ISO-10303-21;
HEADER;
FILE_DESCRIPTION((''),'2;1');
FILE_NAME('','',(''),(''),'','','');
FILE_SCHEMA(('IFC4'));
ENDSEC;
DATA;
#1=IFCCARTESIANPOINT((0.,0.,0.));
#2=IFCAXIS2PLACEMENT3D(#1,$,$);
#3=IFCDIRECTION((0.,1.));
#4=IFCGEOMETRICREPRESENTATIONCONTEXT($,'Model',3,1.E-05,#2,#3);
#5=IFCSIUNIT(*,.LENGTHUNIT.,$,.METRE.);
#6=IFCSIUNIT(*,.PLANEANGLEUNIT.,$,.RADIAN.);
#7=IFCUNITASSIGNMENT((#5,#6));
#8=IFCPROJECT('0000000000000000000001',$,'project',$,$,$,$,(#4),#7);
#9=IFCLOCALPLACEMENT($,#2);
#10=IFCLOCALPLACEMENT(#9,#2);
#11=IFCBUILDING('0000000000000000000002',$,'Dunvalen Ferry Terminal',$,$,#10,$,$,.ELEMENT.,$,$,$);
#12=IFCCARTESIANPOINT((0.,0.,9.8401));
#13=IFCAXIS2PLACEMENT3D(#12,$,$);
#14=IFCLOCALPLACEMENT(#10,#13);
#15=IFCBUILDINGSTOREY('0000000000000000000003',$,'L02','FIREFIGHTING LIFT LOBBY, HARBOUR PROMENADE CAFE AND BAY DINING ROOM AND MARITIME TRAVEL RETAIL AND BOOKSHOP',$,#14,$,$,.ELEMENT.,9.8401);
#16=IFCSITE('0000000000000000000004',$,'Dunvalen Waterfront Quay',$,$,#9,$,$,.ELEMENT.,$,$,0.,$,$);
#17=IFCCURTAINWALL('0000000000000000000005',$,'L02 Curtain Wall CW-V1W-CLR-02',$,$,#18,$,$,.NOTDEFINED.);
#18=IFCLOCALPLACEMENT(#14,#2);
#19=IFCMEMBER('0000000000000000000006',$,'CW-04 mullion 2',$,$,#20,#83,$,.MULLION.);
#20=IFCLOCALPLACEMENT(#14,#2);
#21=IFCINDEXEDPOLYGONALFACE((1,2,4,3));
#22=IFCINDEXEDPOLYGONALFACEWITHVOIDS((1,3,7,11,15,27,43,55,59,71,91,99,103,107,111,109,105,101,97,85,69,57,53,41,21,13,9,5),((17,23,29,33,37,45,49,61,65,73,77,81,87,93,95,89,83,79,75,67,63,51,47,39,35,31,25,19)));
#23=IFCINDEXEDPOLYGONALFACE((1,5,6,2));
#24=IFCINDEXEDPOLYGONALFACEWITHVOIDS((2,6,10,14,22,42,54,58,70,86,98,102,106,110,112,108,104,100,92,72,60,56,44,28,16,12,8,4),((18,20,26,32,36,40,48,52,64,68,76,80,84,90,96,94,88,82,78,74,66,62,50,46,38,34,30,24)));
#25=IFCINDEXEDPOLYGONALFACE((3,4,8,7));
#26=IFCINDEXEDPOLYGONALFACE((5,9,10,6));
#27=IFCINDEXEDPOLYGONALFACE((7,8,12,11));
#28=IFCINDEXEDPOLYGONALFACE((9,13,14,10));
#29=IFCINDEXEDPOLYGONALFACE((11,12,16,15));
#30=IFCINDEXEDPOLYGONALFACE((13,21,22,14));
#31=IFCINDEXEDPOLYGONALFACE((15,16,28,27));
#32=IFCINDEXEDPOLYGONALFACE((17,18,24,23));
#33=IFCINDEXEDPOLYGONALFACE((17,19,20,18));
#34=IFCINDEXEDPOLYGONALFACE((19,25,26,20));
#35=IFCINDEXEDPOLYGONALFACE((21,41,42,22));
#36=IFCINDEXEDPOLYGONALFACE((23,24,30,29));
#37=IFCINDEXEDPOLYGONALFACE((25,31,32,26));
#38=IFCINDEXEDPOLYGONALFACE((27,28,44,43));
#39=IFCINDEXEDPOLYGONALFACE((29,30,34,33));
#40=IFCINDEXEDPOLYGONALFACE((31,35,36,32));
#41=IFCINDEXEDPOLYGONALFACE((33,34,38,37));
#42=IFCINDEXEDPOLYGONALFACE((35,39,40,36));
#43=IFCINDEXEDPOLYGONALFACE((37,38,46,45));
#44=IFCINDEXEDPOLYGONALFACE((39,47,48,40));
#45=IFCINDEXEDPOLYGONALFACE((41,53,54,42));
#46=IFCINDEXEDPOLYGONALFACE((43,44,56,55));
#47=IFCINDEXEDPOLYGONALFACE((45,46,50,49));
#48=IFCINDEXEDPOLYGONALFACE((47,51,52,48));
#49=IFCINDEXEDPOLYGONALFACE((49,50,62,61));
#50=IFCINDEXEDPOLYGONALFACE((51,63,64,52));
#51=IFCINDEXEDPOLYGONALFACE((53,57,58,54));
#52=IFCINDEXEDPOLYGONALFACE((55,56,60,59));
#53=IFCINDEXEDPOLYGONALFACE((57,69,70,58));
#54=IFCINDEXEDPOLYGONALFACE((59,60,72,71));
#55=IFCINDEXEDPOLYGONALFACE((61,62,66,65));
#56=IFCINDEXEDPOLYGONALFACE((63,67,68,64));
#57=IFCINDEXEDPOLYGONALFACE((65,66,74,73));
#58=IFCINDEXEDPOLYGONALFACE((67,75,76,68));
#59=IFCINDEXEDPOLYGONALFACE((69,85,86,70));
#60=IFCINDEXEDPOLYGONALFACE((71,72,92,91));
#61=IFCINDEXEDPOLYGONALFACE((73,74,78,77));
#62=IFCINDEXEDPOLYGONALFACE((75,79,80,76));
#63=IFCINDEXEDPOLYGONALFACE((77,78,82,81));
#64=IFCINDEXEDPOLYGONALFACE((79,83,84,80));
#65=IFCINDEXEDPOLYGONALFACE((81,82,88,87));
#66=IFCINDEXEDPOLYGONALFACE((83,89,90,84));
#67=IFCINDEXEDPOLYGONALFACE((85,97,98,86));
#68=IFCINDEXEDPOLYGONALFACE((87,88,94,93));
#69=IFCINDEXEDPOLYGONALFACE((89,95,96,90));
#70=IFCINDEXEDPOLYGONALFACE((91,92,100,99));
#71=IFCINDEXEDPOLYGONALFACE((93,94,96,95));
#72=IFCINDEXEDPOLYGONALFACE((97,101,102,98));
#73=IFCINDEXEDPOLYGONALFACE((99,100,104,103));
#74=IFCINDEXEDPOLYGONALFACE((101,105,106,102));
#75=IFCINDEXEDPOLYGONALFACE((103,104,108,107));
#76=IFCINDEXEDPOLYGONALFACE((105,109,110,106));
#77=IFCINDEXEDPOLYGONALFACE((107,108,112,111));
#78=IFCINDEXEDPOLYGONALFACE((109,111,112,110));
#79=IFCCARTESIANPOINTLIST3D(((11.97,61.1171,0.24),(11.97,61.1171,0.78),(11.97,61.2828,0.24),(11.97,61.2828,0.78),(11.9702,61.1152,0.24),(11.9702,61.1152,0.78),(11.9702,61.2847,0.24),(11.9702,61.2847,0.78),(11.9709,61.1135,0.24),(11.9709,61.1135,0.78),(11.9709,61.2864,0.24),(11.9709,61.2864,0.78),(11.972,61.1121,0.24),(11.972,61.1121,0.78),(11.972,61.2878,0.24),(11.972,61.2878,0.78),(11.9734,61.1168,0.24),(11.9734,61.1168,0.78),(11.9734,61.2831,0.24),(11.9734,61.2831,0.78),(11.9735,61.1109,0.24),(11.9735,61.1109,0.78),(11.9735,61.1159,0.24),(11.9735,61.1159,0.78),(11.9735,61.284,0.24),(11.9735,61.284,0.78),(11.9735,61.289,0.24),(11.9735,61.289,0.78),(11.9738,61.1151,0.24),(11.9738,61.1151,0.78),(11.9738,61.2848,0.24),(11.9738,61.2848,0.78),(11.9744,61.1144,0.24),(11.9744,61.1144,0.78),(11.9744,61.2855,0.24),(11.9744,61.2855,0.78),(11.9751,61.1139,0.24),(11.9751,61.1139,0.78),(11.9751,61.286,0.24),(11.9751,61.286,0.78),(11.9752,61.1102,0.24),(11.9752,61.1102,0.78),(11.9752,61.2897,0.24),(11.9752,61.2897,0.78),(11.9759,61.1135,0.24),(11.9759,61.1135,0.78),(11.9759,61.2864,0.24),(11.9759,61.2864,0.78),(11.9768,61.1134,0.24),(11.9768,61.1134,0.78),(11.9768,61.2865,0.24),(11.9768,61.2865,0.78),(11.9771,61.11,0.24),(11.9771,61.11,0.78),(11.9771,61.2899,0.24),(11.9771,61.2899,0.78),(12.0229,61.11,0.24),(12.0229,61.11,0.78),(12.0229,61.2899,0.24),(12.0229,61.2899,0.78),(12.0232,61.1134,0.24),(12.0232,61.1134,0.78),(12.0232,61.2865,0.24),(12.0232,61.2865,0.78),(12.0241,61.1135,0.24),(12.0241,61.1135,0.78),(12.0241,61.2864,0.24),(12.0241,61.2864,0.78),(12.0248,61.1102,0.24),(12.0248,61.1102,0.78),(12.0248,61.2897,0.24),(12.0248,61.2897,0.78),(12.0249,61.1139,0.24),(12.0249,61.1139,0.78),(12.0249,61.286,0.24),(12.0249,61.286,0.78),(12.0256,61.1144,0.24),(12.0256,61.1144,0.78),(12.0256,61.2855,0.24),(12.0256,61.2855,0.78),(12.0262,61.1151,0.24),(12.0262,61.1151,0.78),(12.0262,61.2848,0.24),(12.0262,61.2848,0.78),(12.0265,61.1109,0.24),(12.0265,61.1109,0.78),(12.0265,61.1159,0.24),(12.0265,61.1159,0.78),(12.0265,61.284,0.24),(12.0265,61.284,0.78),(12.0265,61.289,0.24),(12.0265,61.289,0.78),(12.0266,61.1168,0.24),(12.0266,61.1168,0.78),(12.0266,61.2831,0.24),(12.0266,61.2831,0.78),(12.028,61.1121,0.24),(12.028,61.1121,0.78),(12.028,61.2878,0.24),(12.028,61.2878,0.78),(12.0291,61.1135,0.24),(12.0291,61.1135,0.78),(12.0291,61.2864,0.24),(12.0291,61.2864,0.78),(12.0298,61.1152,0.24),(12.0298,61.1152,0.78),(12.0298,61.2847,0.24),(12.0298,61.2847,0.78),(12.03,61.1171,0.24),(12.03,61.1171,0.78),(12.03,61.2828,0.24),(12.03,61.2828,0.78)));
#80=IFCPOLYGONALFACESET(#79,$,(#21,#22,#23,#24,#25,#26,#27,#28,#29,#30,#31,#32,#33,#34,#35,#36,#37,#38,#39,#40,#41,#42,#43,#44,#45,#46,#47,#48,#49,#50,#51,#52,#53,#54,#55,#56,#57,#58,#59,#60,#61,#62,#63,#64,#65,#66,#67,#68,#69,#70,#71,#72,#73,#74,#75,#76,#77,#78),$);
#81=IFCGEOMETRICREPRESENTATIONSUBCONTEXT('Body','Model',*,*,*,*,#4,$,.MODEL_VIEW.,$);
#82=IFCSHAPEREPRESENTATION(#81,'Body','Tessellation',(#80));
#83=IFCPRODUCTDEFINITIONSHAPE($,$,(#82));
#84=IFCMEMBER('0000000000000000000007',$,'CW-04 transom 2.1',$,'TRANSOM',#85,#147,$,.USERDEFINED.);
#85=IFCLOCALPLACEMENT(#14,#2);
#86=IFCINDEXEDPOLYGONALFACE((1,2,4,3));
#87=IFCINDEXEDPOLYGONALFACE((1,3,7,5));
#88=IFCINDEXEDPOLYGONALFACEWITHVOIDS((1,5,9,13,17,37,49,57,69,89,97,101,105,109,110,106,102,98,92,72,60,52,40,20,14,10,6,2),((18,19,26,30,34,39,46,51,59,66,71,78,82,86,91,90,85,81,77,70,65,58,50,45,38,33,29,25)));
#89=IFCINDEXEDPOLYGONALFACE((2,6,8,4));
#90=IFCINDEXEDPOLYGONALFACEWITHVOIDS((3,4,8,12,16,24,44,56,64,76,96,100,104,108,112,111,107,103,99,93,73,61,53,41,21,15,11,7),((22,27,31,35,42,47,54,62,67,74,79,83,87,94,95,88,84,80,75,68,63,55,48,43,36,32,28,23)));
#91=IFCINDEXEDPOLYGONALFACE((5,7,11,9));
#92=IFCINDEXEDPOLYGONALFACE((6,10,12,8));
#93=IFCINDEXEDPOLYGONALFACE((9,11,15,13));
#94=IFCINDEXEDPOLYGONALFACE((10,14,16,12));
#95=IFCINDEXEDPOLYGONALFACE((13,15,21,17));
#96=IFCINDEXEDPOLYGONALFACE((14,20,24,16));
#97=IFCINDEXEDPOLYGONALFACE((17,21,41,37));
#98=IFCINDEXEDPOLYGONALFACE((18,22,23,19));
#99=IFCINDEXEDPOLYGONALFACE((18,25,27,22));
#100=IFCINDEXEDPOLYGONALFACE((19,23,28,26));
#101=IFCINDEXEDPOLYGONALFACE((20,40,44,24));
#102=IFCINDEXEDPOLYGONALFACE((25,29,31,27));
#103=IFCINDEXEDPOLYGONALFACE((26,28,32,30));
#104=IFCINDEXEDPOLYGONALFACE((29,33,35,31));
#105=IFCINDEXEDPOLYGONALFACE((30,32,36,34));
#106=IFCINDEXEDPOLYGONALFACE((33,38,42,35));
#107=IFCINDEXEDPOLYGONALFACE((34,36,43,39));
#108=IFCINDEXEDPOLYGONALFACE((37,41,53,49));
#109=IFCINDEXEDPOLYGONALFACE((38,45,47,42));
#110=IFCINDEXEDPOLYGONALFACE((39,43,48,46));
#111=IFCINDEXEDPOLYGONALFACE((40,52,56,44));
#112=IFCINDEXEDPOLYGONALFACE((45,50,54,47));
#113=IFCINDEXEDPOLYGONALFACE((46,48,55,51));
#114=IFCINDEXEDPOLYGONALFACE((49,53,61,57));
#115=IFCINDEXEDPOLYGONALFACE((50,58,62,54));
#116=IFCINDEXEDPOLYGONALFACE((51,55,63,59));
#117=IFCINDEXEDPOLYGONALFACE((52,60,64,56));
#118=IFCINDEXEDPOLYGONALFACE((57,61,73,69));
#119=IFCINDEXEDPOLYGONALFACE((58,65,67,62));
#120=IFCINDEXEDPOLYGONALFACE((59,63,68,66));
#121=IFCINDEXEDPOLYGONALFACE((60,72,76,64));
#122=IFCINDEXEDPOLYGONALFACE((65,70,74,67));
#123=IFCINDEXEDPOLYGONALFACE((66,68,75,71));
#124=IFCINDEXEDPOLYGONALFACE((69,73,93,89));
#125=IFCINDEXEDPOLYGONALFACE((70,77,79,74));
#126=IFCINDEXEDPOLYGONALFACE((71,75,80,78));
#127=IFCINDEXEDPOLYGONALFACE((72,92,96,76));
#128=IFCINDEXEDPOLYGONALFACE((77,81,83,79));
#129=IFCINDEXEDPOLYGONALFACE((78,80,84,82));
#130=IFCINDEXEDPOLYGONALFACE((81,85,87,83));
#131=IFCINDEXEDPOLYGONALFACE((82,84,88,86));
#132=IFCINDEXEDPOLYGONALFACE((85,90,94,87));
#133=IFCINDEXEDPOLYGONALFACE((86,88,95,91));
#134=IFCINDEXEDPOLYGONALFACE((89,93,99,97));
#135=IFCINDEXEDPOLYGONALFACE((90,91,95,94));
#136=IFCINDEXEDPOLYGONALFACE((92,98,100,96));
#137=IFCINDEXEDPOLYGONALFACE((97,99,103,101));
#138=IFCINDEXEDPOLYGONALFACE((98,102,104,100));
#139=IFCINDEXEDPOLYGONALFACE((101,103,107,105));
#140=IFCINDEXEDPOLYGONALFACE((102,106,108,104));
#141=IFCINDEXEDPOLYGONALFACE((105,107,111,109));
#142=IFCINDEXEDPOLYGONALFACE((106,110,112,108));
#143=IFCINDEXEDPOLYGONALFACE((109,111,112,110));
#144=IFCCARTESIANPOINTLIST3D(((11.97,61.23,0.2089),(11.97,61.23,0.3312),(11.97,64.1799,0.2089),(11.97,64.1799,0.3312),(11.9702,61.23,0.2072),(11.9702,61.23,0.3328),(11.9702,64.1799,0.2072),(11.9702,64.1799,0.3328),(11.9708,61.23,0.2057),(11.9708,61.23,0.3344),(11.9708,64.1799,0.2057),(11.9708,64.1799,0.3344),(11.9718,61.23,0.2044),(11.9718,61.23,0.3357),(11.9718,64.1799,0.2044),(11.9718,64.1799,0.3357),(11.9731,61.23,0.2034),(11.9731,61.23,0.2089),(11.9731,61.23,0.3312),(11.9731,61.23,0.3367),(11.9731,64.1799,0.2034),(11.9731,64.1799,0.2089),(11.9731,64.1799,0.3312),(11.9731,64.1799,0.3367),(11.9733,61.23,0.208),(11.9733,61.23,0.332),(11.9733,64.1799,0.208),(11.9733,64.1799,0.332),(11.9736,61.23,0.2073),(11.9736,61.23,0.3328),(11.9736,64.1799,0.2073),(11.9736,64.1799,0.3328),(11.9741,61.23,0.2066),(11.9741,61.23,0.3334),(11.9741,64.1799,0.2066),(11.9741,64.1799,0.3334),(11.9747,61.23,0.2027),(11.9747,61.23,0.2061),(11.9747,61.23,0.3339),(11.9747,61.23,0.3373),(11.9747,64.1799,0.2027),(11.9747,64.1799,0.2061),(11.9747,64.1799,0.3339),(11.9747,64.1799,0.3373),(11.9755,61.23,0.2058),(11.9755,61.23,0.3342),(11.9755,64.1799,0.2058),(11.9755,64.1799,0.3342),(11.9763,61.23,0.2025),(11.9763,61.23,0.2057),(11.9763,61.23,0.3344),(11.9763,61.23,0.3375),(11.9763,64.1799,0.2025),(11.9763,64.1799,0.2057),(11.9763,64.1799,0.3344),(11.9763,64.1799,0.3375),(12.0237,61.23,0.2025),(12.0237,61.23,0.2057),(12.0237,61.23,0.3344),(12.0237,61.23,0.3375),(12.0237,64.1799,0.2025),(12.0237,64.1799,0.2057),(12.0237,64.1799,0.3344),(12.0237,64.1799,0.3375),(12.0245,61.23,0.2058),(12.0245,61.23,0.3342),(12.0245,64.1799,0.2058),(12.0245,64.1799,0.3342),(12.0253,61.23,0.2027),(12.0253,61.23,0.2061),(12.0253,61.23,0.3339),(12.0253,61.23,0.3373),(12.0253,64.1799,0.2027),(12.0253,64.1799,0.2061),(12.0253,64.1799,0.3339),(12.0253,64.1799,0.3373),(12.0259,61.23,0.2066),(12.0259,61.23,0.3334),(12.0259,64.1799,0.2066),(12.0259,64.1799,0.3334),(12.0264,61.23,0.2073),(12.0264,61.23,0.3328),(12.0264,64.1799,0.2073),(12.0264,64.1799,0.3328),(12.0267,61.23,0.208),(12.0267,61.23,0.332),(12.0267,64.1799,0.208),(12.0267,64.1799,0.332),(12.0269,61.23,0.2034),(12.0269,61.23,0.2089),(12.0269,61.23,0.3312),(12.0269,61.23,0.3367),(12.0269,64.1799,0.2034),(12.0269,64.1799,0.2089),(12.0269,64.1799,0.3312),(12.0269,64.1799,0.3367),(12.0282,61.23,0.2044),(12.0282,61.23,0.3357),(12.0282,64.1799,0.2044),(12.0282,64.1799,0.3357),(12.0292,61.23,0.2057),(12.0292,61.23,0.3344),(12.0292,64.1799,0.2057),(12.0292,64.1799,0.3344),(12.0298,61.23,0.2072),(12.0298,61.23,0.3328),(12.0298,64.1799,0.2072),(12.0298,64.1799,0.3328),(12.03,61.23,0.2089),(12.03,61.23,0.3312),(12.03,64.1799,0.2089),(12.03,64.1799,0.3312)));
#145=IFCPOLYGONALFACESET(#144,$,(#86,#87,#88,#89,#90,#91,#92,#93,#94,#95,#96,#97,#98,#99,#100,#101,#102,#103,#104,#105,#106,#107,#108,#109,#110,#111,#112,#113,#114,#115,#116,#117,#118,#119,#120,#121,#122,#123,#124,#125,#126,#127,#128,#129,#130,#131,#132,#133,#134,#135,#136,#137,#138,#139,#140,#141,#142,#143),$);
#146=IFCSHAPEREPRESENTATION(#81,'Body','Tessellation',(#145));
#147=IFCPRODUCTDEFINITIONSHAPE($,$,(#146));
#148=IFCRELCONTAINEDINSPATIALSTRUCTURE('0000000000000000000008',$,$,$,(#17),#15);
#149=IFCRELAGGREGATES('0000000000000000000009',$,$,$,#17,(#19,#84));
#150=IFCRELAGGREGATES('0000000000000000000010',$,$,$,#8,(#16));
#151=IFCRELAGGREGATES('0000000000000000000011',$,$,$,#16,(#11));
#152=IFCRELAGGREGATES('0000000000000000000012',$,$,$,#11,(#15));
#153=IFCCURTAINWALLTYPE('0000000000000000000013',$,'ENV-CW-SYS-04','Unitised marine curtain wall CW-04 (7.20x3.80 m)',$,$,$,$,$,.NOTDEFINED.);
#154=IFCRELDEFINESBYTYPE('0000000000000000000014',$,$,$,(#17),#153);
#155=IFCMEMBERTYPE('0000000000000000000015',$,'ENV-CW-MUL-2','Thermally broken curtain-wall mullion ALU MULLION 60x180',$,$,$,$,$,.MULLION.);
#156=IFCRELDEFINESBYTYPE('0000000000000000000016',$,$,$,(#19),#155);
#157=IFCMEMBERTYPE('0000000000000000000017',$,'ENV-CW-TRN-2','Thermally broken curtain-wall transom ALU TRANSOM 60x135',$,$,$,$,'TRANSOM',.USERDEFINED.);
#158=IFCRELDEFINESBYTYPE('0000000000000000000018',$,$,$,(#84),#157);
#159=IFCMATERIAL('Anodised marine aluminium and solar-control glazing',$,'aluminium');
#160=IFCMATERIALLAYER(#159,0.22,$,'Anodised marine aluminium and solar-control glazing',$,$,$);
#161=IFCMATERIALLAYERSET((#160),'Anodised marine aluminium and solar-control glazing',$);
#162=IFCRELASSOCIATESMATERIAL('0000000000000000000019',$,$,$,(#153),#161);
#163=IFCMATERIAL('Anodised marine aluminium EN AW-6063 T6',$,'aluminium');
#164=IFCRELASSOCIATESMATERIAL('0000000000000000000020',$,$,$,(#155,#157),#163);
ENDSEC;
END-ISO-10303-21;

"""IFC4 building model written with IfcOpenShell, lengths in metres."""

from ifc_helpers import new_model, si_unit, direction, frame, origin, origin_2d, place, context, subcontext, project, spatial, hollow_rectangle, extrude, material, layer, layer_set, material_profile, profile_set, type_object, element, aggregate, save


model = new_model("IFC4")

# Units and contexts
model_context = context("Model", 3, precision=1e-05, world=origin(), true_north=direction((0.0, 1.0)))
body_context = subcontext(model_context, "Body", "Model", "MODEL_VIEW")
ifc_project = project(units=[si_unit("LENGTHUNIT", "METRE"), si_unit("PLANEANGLEUNIT", "RADIAN")], contexts=[model_context])

# Site, building, storey
site_placement = place(None, origin())
site = spatial("IfcSite", under=ifc_project, at=site_placement, Name="Dunvalen Waterfront Quay", CompositionType="ELEMENT", RefElevation=0.0)
building_placement = place(site_placement, origin())
building = spatial("IfcBuilding", under=site, at=building_placement, Name="Dunvalen Ferry Terminal", CompositionType="ELEMENT")
storey_placement = place(building_placement, frame((0.0, 0.0, 9.8401)))
storey = spatial("IfcBuildingStorey", under=building, at=storey_placement, Name="L02", Description="FIREFIGHTING LIFT LOBBY, HARBOUR PROMENADE CAFE AND BAY DINING ROOM AND MARITIME TRAVEL RETAIL AND BOOKSHOP", CompositionType="ELEMENT", Elevation=9.8401)

# Curtain wall, members
ifc_material_1 = material(Name="Anodised marine aluminium and solar-control glazing", Category="aluminium")
ifc_layer_1 = layer(ifc_material_1, 0.22, Name="Anodised marine aluminium and solar-control glazing")
ifc_layer_set_1 = layer_set([ifc_layer_1], Name="Anodised marine aluminium and solar-control glazing")
curtain_wall_type = type_object("IfcCurtainWallType", Name="ENV-CW-SYS-04", Description="Unitised marine curtain wall CW-04 (7.20x3.80 m)", PredefinedType="NOTDEFINED", material=ifc_layer_set_1)
curtain_wall_placement = place(storey_placement, origin())
curtain_wall = element("IfcCurtainWall", 1, at=curtain_wall_placement, inside=storey, type_object=curtain_wall_type, Name="L02 Curtain Wall CW-V1W-CLR-02", PredefinedType="NOTDEFINED")
ifc_material_2 = material(Name="Anodised marine aluminium EN AW-6063 T6", Category="aluminium")
ifc_material_profile_1 = material_profile(ifc_material_2, hollow_rectangle(XDim=0.0601, YDim=0.1799, WallThickness=0.0034, InnerFilletRadius=0.0034, OuterFilletRadius=0.0071, at=origin_2d()), Name="Anodised marine aluminium EN AW-6063 T6")
ifc_profile_set_1 = profile_set([ifc_material_profile_1], Name="Anodised marine aluminium EN AW-6063 T6")
member_type_1 = type_object("IfcMemberType", Name="ENV-CW-MUL-2", Description="Thermally broken curtain-wall mullion ALU MULLION 60x180", PredefinedType="MULLION", material=ifc_profile_set_1)
member_1_placement = place(storey_placement, frame((12.0, 61.2, 0.24), z_axis=(0.0, 0.0, 1.0), x_axis=(-1.0, 0.0, 0.0)))
member_1 = element("IfcMember", 2, at=member_1_placement, type_object=member_type_1, Name="CW-04 mullion 2", PredefinedType="MULLION", context=body_context, shape_type="SweptSolid", body=[
    extrude(hollow_rectangle(XDim=0.0601, YDim=0.1799, WallThickness=0.0034, InnerFilletRadius=0.0034, OuterFilletRadius=0.0071, at=origin_2d()), origin(), (0.0, 0.0, 1.0), 0.54),
])
ifc_material_profile_2 = material_profile(ifc_material_2, hollow_rectangle(XDim=0.0601, YDim=0.135, WallThickness=0.0032, InnerFilletRadius=0.0032, OuterFilletRadius=0.0063, at=origin_2d()), Name="Anodised marine aluminium EN AW-6063 T6")
ifc_profile_set_2 = profile_set([ifc_material_profile_2], Name="Anodised marine aluminium EN AW-6063 T6")
member_type_2 = type_object("IfcMemberType", Name="ENV-CW-TRN-2", Description="Thermally broken curtain-wall transom ALU TRANSOM 60x135", ElementType="TRANSOM", PredefinedType="USERDEFINED", material=ifc_profile_set_2)
member_2_placement = place(storey_placement, frame((12.0, 61.23, 0.27), z_axis=(0.0, 1.0, 0.0), x_axis=(-1.0, 0.0, 0.0)))
member_2 = element("IfcMember", 3, at=member_2_placement, type_object=member_type_2, Name="CW-04 transom 2.1", ObjectType="TRANSOM", PredefinedType="USERDEFINED", context=body_context, shape_type="SweptSolid", body=[
    extrude(hollow_rectangle(XDim=0.0601, YDim=0.135, WallThickness=0.0032, InnerFilletRadius=0.0032, OuterFilletRadius=0.0063, at=origin_2d()), origin(), (0.0, 0.0, 1.0), 2.95),
])

aggregate(curtain_wall, [member_1, member_2])

save(model, "model.ifc")
